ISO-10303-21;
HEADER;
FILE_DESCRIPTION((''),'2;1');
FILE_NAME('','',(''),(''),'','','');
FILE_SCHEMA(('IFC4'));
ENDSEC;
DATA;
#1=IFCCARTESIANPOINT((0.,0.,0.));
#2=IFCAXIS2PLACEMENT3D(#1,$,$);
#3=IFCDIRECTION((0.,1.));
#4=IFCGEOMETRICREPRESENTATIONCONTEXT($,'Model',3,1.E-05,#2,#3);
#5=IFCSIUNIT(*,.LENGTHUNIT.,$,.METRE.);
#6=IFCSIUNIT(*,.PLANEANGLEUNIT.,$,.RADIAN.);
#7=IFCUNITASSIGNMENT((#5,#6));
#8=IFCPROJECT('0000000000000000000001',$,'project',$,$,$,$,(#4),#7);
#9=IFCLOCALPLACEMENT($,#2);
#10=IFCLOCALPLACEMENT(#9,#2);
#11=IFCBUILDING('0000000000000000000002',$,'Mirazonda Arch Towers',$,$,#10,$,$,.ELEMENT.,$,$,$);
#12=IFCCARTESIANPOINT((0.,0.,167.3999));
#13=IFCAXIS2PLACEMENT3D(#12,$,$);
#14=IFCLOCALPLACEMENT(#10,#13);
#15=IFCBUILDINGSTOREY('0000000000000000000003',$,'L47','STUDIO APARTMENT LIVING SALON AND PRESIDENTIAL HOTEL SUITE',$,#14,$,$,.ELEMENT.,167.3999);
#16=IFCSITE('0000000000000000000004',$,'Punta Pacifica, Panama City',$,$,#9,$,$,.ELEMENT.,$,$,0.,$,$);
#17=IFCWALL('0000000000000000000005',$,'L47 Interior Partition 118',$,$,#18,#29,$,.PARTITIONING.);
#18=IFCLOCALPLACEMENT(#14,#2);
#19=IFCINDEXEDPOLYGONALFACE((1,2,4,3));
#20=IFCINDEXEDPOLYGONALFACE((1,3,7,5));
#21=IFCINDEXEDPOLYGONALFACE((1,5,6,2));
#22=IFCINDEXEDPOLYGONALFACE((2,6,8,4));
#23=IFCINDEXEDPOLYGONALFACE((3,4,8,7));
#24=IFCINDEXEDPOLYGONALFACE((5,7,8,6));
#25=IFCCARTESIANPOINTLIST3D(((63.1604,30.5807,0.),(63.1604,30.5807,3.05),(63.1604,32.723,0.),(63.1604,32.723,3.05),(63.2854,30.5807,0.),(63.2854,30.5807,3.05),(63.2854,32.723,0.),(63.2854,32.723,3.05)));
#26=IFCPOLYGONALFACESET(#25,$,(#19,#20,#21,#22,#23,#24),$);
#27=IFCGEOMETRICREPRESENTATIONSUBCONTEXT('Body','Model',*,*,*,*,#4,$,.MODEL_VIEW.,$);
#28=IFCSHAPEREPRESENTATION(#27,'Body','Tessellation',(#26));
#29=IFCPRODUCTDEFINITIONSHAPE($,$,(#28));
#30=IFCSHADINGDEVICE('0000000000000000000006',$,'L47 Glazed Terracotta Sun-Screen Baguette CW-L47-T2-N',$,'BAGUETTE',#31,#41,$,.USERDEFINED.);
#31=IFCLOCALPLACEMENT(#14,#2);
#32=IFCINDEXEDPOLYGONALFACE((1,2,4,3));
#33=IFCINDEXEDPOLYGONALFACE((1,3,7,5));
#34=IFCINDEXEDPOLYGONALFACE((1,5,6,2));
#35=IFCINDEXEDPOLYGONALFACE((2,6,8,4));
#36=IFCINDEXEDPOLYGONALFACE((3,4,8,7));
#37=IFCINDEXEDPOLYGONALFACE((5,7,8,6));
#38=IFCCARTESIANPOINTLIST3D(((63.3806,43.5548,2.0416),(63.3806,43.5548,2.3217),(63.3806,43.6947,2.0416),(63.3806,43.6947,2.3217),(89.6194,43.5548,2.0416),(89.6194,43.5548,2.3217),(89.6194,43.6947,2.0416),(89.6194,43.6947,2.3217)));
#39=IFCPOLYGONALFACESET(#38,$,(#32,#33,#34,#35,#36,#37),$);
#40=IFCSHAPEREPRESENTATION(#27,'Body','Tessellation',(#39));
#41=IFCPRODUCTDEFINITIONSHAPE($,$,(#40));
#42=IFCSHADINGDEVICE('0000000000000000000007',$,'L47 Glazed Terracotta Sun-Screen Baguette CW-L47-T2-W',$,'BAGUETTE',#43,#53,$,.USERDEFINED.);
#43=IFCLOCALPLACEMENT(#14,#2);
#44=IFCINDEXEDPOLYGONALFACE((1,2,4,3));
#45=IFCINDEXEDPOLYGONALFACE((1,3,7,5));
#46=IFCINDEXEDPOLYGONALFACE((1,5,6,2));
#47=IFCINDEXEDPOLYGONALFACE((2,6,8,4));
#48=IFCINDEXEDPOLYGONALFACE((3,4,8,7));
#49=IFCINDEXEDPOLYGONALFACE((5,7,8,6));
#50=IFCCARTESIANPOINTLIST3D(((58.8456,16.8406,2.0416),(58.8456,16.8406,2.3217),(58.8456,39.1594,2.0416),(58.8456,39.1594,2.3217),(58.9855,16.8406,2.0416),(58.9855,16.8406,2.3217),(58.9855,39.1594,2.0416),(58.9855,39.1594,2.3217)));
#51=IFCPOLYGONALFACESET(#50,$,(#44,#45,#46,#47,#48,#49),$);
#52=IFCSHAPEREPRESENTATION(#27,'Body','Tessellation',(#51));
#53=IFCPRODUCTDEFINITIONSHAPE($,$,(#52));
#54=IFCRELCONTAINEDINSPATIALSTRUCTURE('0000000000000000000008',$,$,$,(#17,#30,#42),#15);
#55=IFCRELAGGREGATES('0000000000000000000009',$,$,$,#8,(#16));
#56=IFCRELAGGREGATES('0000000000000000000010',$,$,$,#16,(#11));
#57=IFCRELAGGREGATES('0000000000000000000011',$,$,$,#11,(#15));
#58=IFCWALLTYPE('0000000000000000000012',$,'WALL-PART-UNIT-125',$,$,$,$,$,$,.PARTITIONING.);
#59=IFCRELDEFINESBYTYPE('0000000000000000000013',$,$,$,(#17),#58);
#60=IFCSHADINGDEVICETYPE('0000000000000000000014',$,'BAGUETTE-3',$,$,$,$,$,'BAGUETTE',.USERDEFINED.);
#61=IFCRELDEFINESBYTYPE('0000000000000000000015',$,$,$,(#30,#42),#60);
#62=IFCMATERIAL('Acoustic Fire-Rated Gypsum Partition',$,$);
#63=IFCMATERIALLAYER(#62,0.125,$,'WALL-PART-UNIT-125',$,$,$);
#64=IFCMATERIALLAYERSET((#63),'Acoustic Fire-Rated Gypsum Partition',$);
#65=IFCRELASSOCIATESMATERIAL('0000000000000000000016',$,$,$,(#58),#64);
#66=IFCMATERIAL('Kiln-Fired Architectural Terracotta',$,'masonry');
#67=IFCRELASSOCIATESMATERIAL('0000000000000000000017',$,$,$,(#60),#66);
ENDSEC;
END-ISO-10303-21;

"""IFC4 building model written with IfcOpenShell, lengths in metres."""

from ifc_helpers import new_model, si_unit, direction, frame, frame_2d, origin, origin_2d, place, context, subcontext, project, spatial, rectangle, extrude, material, layer, layer_set, material_profile, profile_set, type_object, element, save


model = new_model("IFC4")

# Units and contexts
model_context = context("Model", 3, precision=1e-05, world=origin(), true_north=direction((0.0, 1.0)))
body_context = subcontext(model_context, "Body", "Model", "MODEL_VIEW")
ifc_project = project(units=[si_unit("LENGTHUNIT", "METRE"), si_unit("PLANEANGLEUNIT", "RADIAN")], contexts=[model_context])

# Site, building, storey
site_placement = place(None, origin())
site = spatial("IfcSite", under=ifc_project, at=site_placement, Name="Punta Pacifica, Panama City", CompositionType="ELEMENT", RefElevation=0.0)
building_placement = place(site_placement, origin())
building = spatial("IfcBuilding", under=site, at=building_placement, Name="Mirazonda Arch Towers", CompositionType="ELEMENT")
storey_placement = place(building_placement, frame((0.0, 0.0, 167.3999)))
storey = spatial("IfcBuildingStorey", under=building, at=storey_placement, Name="L47", Description="STUDIO APARTMENT LIVING SALON AND PRESIDENTIAL HOTEL SUITE", CompositionType="ELEMENT", Elevation=167.3999)

# Wall
ifc_material_1 = material(Name="Acoustic Fire-Rated Gypsum Partition")
ifc_layer_1 = layer(ifc_material_1, 0.125, Name="WALL-PART-UNIT-125")
ifc_layer_set_1 = layer_set([ifc_layer_1], Name="Acoustic Fire-Rated Gypsum Partition")
wall_type_1 = type_object("IfcWallType", Name="WALL-PART-UNIT-125", PredefinedType="PARTITIONING", material=ifc_layer_set_1)
wall_1_placement = place(storey_placement, frame((63.2229, 30.5806, 0.0), z_axis=(0.0, 0.0, 1.0), x_axis=(0.0, 1.0, 0.0)))
element("IfcWall", 1, at=wall_1_placement, inside=storey, type_object=wall_type_1, Name="L47 Interior Partition 118", PredefinedType="PARTITIONING", context=body_context, shape_type="SweptSolid", body=[
    extrude(rectangle(XDim=2.1423, YDim=0.125, at=frame_2d((1.0713, 0.0))), origin(), (0.0, 0.0, 1.0), 3.05),
])

# Shading devices
ifc_material_2 = material(Name="Kiln-Fired Architectural Terracotta", Category="masonry")
ifc_material_profile_1 = material_profile(ifc_material_2, rectangle(XDim=0.1399, YDim=0.28, at=origin_2d()), Name="TERRA-BAG-140x280")
ifc_profile_set_1 = profile_set([ifc_material_profile_1], Name="Kiln-Fired Architectural Terracotta")
shading_device_type = type_object("IfcShadingDeviceType", Name="BAGUETTE-3", ElementType="BAGUETTE", PredefinedType="USERDEFINED", material=ifc_profile_set_1)
shading_device_1_placement = place(storey_placement, frame((63.3806, 43.6248, 2.1816), z_axis=(1.0, 0.0, 0.0), x_axis=(0.0, 1.0, 0.0)))
element("IfcShadingDevice", 2, at=shading_device_1_placement, inside=storey, type_object=shading_device_type, Name="L47 Glazed Terracotta Sun-Screen Baguette CW-L47-T2-N", ObjectType="BAGUETTE", PredefinedType="USERDEFINED", context=body_context, shape_type="SweptSolid", body=[
    extrude(rectangle(XDim=0.1399, YDim=0.28, at=origin_2d()), origin(), (0.0, 0.0, 1.0), 26.2388),
])
shading_device_2_placement = place(storey_placement, frame((58.9155, 39.1594, 2.1816), z_axis=(0.0, -1.0, 0.0), x_axis=(1.0, 0.0, 0.0)))
element("IfcShadingDevice", 3, at=shading_device_2_placement, inside=storey, type_object=shading_device_type, Name="L47 Glazed Terracotta Sun-Screen Baguette CW-L47-T2-W", ObjectType="BAGUETTE", PredefinedType="USERDEFINED", context=body_context, shape_type="SweptSolid", body=[
    extrude(rectangle(XDim=0.1399, YDim=0.28, at=origin_2d()), origin(), (0.0, 0.0, 1.0), 22.3188),
])

save(model, "model.ifc")
